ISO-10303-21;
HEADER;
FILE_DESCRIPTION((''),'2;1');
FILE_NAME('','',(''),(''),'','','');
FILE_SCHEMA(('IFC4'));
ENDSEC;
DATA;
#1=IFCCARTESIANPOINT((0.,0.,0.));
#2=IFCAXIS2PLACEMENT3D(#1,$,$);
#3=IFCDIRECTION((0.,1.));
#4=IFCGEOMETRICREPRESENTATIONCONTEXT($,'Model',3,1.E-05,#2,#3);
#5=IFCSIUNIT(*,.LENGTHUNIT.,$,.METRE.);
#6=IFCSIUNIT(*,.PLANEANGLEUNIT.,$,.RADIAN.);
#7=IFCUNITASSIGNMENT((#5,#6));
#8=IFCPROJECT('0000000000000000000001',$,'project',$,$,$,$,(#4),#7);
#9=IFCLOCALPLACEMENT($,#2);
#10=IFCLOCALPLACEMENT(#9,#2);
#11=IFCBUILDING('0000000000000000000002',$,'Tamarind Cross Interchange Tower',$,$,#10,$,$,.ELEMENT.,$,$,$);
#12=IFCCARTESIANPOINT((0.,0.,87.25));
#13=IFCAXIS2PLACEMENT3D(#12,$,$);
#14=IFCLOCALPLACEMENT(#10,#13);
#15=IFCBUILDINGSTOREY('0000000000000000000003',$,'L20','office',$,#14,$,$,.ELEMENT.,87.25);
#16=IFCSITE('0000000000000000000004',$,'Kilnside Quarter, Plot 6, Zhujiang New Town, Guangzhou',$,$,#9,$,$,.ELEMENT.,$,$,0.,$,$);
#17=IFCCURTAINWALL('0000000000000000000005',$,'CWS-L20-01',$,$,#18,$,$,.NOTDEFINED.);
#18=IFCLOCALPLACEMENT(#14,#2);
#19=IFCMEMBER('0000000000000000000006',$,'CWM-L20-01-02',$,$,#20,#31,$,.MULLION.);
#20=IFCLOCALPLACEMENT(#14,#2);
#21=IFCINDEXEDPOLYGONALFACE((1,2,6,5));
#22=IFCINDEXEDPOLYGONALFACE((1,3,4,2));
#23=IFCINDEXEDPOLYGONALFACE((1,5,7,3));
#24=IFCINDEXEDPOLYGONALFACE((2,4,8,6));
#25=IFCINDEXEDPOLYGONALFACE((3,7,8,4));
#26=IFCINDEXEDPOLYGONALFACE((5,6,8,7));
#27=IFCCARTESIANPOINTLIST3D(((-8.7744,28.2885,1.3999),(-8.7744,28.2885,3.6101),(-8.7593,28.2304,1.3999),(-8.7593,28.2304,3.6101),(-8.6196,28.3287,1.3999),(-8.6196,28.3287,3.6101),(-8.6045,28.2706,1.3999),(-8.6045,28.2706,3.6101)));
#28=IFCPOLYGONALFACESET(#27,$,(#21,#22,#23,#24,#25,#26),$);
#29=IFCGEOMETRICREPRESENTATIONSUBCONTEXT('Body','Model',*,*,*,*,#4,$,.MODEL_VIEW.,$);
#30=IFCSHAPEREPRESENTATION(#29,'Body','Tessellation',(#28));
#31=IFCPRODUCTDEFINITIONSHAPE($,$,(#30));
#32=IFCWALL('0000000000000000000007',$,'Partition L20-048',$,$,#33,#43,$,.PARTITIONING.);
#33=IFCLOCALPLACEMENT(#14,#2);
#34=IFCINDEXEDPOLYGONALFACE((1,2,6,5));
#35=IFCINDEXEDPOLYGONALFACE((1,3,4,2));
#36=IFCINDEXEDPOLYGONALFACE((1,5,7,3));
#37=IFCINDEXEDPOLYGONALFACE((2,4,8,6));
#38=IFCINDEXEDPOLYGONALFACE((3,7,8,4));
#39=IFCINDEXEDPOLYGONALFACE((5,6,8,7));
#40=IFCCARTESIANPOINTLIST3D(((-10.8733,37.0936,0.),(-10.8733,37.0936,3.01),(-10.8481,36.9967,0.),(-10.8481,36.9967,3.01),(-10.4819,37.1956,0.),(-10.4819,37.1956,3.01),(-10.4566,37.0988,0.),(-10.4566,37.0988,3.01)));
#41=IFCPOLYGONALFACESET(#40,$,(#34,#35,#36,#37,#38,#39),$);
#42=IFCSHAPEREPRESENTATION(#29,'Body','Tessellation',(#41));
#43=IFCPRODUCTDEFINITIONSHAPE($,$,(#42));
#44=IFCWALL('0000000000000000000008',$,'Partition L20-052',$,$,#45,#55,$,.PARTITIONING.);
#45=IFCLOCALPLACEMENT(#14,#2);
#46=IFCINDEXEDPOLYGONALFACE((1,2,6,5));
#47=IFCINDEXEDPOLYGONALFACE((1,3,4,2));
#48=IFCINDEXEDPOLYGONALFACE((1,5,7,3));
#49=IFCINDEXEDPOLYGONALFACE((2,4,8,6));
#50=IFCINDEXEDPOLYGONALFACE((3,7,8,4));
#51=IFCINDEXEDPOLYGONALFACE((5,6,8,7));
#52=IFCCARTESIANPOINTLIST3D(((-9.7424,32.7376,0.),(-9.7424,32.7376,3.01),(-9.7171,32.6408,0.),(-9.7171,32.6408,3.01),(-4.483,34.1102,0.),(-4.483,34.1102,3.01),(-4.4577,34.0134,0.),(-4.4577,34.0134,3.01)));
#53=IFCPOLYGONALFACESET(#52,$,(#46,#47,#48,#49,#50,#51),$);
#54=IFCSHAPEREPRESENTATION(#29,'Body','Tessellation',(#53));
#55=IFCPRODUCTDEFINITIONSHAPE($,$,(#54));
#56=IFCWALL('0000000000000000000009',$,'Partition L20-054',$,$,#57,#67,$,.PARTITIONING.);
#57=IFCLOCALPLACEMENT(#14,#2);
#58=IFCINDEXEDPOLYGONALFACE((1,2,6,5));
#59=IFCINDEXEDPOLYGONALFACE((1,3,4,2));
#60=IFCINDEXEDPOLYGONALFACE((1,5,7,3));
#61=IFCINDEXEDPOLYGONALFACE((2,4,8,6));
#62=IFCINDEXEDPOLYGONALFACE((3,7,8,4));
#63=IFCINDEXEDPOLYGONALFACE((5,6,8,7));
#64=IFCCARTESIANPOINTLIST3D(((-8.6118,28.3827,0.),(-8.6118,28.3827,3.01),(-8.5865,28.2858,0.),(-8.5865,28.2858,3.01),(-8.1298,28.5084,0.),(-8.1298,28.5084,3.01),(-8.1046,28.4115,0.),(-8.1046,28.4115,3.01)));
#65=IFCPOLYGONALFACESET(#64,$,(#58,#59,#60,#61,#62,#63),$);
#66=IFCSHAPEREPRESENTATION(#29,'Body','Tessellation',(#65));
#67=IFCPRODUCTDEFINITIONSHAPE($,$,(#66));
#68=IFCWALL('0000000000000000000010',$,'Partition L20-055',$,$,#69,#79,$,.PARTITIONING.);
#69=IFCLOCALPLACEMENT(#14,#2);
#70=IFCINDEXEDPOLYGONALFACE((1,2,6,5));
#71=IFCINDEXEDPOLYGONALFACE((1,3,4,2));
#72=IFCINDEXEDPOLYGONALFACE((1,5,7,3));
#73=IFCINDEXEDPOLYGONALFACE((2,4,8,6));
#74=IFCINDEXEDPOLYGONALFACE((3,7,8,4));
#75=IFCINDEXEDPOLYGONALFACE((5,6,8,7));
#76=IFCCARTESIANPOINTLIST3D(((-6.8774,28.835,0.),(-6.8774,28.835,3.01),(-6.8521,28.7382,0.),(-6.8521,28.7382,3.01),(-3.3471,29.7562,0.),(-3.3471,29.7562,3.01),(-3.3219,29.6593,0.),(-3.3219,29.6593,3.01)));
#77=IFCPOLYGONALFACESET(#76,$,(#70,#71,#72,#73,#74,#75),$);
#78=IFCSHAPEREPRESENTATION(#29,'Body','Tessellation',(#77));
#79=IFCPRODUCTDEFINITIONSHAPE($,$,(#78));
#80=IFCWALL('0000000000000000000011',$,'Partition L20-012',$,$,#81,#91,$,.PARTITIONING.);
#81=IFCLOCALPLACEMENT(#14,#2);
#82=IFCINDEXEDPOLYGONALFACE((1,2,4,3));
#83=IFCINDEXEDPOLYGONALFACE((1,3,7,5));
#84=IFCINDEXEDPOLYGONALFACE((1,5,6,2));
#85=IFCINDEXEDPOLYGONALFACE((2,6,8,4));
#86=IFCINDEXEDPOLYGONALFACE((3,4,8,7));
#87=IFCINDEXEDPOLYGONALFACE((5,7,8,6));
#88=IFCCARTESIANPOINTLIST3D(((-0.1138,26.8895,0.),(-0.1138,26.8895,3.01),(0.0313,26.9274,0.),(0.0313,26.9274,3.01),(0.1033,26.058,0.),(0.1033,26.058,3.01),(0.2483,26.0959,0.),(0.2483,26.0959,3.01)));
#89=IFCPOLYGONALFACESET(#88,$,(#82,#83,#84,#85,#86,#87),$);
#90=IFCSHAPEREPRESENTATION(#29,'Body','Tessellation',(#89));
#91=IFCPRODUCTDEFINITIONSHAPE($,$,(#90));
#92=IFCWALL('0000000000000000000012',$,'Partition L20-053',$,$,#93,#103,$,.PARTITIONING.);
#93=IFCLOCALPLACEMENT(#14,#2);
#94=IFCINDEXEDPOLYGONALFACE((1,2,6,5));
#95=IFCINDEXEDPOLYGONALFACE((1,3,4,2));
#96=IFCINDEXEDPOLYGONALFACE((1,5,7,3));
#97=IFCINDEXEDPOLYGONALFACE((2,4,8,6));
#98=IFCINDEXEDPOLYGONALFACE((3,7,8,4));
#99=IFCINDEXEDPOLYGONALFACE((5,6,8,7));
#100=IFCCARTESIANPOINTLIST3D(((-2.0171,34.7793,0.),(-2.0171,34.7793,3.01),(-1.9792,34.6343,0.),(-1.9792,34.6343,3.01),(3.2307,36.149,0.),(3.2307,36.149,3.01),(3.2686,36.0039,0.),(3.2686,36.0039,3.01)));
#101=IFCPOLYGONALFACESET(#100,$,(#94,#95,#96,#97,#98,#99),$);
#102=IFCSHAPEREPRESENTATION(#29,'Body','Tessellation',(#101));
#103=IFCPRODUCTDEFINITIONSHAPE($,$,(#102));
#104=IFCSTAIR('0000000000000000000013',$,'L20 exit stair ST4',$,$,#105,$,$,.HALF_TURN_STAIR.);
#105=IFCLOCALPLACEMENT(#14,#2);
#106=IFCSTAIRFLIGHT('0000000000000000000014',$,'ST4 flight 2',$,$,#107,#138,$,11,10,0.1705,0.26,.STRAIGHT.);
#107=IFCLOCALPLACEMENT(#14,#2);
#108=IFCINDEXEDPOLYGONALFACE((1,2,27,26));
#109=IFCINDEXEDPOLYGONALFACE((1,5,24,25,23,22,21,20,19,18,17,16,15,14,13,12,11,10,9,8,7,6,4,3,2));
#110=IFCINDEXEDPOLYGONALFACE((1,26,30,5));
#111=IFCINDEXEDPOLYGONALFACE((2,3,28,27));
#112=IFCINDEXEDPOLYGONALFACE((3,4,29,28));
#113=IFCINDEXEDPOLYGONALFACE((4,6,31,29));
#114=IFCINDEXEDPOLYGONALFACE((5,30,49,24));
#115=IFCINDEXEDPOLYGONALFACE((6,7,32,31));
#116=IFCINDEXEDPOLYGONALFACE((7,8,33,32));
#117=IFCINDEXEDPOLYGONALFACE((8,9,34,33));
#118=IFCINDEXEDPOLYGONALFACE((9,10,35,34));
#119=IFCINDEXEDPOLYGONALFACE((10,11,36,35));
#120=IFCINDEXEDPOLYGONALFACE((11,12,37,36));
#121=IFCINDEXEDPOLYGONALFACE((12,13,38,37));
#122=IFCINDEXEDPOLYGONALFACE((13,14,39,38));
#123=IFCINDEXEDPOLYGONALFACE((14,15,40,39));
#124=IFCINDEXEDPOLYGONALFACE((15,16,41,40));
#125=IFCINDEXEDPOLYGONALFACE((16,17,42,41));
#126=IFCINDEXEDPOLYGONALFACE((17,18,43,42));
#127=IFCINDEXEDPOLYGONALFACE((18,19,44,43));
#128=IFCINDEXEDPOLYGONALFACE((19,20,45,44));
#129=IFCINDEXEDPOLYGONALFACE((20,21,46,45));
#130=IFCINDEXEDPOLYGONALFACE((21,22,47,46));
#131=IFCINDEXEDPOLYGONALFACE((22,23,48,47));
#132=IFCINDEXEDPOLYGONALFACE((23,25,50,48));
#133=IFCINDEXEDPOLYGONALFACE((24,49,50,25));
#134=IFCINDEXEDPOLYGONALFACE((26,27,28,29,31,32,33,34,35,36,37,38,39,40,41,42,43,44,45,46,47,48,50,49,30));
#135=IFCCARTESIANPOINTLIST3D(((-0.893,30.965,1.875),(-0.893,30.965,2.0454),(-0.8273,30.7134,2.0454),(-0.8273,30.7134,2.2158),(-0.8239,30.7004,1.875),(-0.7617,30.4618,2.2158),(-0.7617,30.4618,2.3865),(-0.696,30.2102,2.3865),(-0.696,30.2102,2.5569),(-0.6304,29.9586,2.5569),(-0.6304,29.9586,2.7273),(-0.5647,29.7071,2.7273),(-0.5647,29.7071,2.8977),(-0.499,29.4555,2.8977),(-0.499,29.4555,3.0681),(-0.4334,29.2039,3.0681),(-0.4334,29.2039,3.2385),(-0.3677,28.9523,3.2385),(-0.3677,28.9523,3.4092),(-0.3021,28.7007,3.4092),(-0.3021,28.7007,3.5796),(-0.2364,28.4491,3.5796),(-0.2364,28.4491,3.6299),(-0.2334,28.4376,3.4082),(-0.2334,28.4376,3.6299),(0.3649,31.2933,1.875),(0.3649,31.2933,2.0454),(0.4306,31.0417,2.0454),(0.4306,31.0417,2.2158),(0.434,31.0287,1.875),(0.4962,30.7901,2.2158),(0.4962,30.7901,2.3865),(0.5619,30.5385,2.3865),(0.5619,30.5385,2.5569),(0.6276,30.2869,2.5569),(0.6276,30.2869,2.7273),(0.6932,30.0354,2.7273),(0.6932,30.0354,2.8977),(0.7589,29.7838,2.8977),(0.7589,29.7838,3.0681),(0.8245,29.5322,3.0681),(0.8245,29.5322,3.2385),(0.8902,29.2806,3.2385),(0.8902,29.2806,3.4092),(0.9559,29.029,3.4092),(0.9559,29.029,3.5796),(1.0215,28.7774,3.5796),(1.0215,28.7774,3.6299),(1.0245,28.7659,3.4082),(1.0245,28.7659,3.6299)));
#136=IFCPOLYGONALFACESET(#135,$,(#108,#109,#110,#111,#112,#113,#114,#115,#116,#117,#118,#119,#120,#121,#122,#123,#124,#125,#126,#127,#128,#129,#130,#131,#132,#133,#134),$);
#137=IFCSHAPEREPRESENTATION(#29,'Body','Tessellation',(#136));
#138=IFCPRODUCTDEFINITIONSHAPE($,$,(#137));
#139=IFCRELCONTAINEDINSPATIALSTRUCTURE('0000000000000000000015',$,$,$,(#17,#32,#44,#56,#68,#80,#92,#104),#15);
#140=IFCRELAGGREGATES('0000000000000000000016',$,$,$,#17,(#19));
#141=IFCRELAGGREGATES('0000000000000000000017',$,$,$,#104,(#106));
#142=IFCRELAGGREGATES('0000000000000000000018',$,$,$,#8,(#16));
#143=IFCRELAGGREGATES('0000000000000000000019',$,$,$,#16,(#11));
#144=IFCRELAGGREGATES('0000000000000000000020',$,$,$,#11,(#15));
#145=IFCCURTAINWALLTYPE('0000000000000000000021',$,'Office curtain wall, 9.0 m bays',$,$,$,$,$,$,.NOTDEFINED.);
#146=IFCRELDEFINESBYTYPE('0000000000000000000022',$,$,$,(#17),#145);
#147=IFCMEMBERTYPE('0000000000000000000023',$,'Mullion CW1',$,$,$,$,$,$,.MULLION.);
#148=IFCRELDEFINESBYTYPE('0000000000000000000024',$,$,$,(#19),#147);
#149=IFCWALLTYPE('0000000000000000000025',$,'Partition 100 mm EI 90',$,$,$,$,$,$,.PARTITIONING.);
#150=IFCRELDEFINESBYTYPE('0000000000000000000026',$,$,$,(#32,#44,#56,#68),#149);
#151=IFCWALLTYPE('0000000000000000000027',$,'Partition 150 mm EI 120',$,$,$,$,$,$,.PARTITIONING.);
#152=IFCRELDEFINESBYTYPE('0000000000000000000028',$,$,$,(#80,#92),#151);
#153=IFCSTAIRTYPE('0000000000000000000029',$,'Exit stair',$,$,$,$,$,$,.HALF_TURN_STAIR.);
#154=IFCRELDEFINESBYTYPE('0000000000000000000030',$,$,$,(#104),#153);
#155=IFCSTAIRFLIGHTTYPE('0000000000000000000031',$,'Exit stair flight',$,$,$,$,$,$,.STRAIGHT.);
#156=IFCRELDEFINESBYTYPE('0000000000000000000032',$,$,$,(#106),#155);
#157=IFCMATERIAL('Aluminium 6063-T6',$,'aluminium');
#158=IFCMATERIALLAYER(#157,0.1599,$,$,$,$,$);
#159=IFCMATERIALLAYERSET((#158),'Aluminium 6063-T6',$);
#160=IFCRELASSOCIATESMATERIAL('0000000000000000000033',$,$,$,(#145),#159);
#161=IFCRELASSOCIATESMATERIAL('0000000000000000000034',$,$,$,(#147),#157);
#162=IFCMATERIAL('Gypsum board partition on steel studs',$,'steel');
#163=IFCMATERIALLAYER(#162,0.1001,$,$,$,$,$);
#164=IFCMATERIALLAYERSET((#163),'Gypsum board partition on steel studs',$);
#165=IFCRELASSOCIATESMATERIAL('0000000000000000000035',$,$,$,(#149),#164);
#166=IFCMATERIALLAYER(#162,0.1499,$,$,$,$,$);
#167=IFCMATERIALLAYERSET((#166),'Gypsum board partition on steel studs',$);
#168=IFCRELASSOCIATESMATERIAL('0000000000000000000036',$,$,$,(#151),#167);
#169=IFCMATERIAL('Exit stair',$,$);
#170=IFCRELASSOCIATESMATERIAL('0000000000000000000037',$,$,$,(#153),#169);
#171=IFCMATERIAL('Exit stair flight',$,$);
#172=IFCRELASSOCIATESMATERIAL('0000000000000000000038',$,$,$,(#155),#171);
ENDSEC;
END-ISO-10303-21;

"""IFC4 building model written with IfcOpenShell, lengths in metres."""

from ifc_helpers import new_model, si_unit, direction, frame, frame_2d, origin, origin_2d, place, context, subcontext, project, spatial, polyline, rectangle, outline, extrude, material, layer, layer_set, material_profile, profile_set, type_object, element, aggregate, save


model = new_model("IFC4")

# Units and contexts
model_context = context("Model", 3, precision=1e-05, world=origin(), true_north=direction((0.0, 1.0)))
body_context = subcontext(model_context, "Body", "Model", "MODEL_VIEW")
ifc_project = project(units=[si_unit("LENGTHUNIT", "METRE"), si_unit("PLANEANGLEUNIT", "RADIAN")], contexts=[model_context])

# Site, building, storey
site_placement = place(None, origin())
site = spatial("IfcSite", under=ifc_project, at=site_placement, Name="Kilnside Quarter, Plot 6, Zhujiang New Town, Guangzhou", CompositionType="ELEMENT", RefElevation=0.0)
building_placement = place(site_placement, origin())
building = spatial("IfcBuilding", under=site, at=building_placement, Name="Tamarind Cross Interchange Tower", CompositionType="ELEMENT")
storey_placement = place(building_placement, frame((0.0, 0.0, 87.25)))
storey = spatial("IfcBuildingStorey", under=building, at=storey_placement, Name="L20", Description="office", CompositionType="ELEMENT", Elevation=87.25)

# Curtain wall, member
ifc_material_1 = material(Name="Aluminium 6063-T6", Category="aluminium")
ifc_layer_1 = layer(ifc_material_1, 0.1599)
ifc_layer_set_1 = layer_set([ifc_layer_1], Name="Aluminium 6063-T6")
curtain_wall_type = type_object("IfcCurtainWallType", Name="Office curtain wall, 9.0 m bays", PredefinedType="NOTDEFINED", material=ifc_layer_set_1)
curtain_wall_placement = place(storey_placement, origin())
curtain_wall = element("IfcCurtainWall", 1, at=curtain_wall_placement, inside=storey, type_object=curtain_wall_type, Name="CWS-L20-01", PredefinedType="NOTDEFINED")
ifc_material_profile_1 = material_profile(ifc_material_1, rectangle(XDim=0.0601, YDim=0.1599, at=origin_2d()), Name="Mullion CW1")
ifc_profile_set_1 = profile_set([ifc_material_profile_1], Name="Aluminium 6063-T6")
member_type = type_object("IfcMemberType", Name="Mullion CW1", PredefinedType="MULLION", material=ifc_profile_set_1)
member_1_placement = place(storey_placement, frame((-8.6895, 28.2795, 1.3999), z_axis=(0.0, 0.0, 1.0), x_axis=(0.251267, -0.967918, 0.0)))
member_1 = element("IfcMember", 2, at=member_1_placement, type_object=member_type, Name="CWM-L20-01-02", PredefinedType="MULLION", context=body_context, shape_type="SweptSolid", body=[
    extrude(rectangle(XDim=0.0601, YDim=0.1599, at=origin_2d()), origin(), (0.0, 0.0, 1.0), 2.2102),
])
aggregate(curtain_wall, [member_1])

# Walls
ifc_material_2 = material(Name="Gypsum board partition on steel studs", Category="steel")
ifc_layer_2 = layer(ifc_material_2, 0.1001)
ifc_layer_set_2 = layer_set([ifc_layer_2], Name="Gypsum board partition on steel studs")
wall_type_1 = type_object("IfcWallType", Name="Partition 100 mm EI 90", PredefinedType="PARTITIONING", material=ifc_layer_set_2)
wall_1_placement = place(storey_placement, frame((-10.8606, 37.0452, 0.0), z_axis=(0.0, 0.0, 1.0), x_axis=(0.967643, 0.252324, 0.0)))
element("IfcWall", 3, at=wall_1_placement, inside=storey, type_object=wall_type_1, Name="Partition L20-048", PredefinedType="PARTITIONING", context=body_context, shape_type="SweptSolid", body=[
    extrude(rectangle(XDim=0.4045, YDim=0.1001, at=frame_2d((0.2021, 0.0))), origin(), (0.0, 0.0, 1.0), 3.01),
])
wall_2_placement = place(storey_placement, frame((-9.7297, 32.6892, 0.0), z_axis=(0.0, 0.0, 1.0), x_axis=(0.967592, 0.252521, 0.0)))
element("IfcWall", 4, at=wall_2_placement, inside=storey, type_object=wall_type_1, Name="Partition L20-052", PredefinedType="PARTITIONING", context=body_context, shape_type="SweptSolid", body=[
    extrude(rectangle(XDim=5.4355, YDim=0.1001, at=frame_2d((2.7178, 0.0))), origin(), (0.0, 0.0, 1.0), 3.01),
])
wall_3_placement = place(storey_placement, frame((-8.5991, 28.3342, 0.0), z_axis=(0.0, 0.0, 1.0), x_axis=(0.967612, 0.252442, 0.0)))
element("IfcWall", 5, at=wall_3_placement, inside=storey, type_object=wall_type_1, Name="Partition L20-054", PredefinedType="PARTITIONING", context=body_context, shape_type="SweptSolid", body=[
    extrude(rectangle(XDim=0.498, YDim=0.1001, at=frame_2d((0.249, 0.0))), origin(), (0.0, 0.0, 1.0), 3.01),
])
wall_4_placement = place(storey_placement, frame((-6.8647, 28.7866, 0.0), z_axis=(0.0, 0.0, 1.0), x_axis=(0.967604, 0.252474, 0.0)))
element("IfcWall", 6, at=wall_4_placement, inside=storey, type_object=wall_type_1, Name="Partition L20-055", PredefinedType="PARTITIONING", context=body_context, shape_type="SweptSolid", body=[
    extrude(rectangle(XDim=3.6484, YDim=0.1001, at=frame_2d((1.8242, 0.0))), origin(), (0.0, 0.0, 1.0), 3.01),
])
ifc_layer_3 = layer(ifc_material_2, 0.1499)
ifc_layer_set_3 = layer_set([ifc_layer_3], Name="Gypsum board partition on steel studs")
wall_type_2 = type_object("IfcWallType", Name="Partition 150 mm EI 120", PredefinedType="PARTITIONING", material=ifc_layer_set_3)
wall_5_placement = place(storey_placement, frame((-0.0413, 26.9084, 0.0), z_axis=(0.0, 0.0, 1.0), x_axis=(0.252549, -0.967584, 0.0)))
element("IfcWall", 7, at=wall_5_placement, inside=storey, type_object=wall_type_2, Name="Partition L20-012", PredefinedType="PARTITIONING", context=body_context, shape_type="SweptSolid", body=[
    extrude(rectangle(XDim=0.8594, YDim=0.1499, at=frame_2d((0.4297, 0.0))), origin(), (0.0, 0.0, 1.0), 3.01),
])
wall_6_placement = place(storey_placement, frame((-1.9983, 34.7068, 0.0), z_axis=(0.0, 0.0, 1.0), x_axis=(0.967589, 0.252532, 0.0)))
element("IfcWall", 8, at=wall_6_placement, inside=storey, type_object=wall_type_2, Name="Partition L20-053", PredefinedType="PARTITIONING", context=body_context, shape_type="SweptSolid", body=[
    extrude(rectangle(XDim=5.4236, YDim=0.1499, at=frame_2d((2.7119, 0.0))), origin(), (0.0, 0.0, 1.0), 3.01),
])

# Stair, stair flight
ifc_material_3 = material(Name="Exit stair")
stair_type = type_object("IfcStairType", Name="Exit stair", PredefinedType="HALF_TURN_STAIR", material=ifc_material_3)
stair_placement = place(storey_placement, origin())
stair = element("IfcStair", 9, at=stair_placement, inside=storey, type_object=stair_type, Name="L20 exit stair ST4", PredefinedType="HALF_TURN_STAIR")
ifc_material_4 = material(Name="Exit stair flight")
stair_flight_type = type_object("IfcStairFlightType", Name="Exit stair flight", PredefinedType="STRAIGHT", material=ifc_material_4)
stair_flight_placement = place(storey_placement, frame((-0.2639, 31.1292, 1.875), z_axis=(0.0, 0.0, 1.0), x_axis=(0.252529, -0.967589, 0.0)))
stair_flight = element("IfcStairFlight", 10, at=stair_flight_placement, type_object=stair_flight_type, Name="ST4 flight 2", NumberOfRisers=11, NumberOfTreads=10, PredefinedType="STRAIGHT", RiserHeight=0.1705, TreadLength=0.26, context=body_context, shape_type="SweptSolid", body=[
    extrude(outline(polyline([(0.0, 0.0), (0.0, 0.1704), (0.26, 0.1704), (0.26, 0.3408), (0.52, 0.3408), (0.52, 0.5115), (0.78, 0.5115), (0.78, 0.6819), (1.04, 0.6819), (1.04, 0.8523), (1.3, 0.8523), (1.3, 1.0227), (1.5601, 1.0227), (1.5601, 1.1931), (1.8201, 1.1931), (1.8201, 1.3635), (2.0801, 1.3635), (2.0801, 1.5342), (2.3401, 1.5342), (2.3401, 1.7046), (2.6001, 1.7046), (2.6001, 1.7549), (2.6121, 1.7549), (2.6121, 1.5332), (0.2734, 0.0), (0.0, 0.0)])), frame((0.0, 0.6499, 0.0), z_axis=(0.0, -1.0, 0.0), x_axis=(1.0, 0.0, 0.0)), (0.0, 0.0, 1.0), 1.3),
])
aggregate(stair, [stair_flight])

save(model, "model.ifc")
